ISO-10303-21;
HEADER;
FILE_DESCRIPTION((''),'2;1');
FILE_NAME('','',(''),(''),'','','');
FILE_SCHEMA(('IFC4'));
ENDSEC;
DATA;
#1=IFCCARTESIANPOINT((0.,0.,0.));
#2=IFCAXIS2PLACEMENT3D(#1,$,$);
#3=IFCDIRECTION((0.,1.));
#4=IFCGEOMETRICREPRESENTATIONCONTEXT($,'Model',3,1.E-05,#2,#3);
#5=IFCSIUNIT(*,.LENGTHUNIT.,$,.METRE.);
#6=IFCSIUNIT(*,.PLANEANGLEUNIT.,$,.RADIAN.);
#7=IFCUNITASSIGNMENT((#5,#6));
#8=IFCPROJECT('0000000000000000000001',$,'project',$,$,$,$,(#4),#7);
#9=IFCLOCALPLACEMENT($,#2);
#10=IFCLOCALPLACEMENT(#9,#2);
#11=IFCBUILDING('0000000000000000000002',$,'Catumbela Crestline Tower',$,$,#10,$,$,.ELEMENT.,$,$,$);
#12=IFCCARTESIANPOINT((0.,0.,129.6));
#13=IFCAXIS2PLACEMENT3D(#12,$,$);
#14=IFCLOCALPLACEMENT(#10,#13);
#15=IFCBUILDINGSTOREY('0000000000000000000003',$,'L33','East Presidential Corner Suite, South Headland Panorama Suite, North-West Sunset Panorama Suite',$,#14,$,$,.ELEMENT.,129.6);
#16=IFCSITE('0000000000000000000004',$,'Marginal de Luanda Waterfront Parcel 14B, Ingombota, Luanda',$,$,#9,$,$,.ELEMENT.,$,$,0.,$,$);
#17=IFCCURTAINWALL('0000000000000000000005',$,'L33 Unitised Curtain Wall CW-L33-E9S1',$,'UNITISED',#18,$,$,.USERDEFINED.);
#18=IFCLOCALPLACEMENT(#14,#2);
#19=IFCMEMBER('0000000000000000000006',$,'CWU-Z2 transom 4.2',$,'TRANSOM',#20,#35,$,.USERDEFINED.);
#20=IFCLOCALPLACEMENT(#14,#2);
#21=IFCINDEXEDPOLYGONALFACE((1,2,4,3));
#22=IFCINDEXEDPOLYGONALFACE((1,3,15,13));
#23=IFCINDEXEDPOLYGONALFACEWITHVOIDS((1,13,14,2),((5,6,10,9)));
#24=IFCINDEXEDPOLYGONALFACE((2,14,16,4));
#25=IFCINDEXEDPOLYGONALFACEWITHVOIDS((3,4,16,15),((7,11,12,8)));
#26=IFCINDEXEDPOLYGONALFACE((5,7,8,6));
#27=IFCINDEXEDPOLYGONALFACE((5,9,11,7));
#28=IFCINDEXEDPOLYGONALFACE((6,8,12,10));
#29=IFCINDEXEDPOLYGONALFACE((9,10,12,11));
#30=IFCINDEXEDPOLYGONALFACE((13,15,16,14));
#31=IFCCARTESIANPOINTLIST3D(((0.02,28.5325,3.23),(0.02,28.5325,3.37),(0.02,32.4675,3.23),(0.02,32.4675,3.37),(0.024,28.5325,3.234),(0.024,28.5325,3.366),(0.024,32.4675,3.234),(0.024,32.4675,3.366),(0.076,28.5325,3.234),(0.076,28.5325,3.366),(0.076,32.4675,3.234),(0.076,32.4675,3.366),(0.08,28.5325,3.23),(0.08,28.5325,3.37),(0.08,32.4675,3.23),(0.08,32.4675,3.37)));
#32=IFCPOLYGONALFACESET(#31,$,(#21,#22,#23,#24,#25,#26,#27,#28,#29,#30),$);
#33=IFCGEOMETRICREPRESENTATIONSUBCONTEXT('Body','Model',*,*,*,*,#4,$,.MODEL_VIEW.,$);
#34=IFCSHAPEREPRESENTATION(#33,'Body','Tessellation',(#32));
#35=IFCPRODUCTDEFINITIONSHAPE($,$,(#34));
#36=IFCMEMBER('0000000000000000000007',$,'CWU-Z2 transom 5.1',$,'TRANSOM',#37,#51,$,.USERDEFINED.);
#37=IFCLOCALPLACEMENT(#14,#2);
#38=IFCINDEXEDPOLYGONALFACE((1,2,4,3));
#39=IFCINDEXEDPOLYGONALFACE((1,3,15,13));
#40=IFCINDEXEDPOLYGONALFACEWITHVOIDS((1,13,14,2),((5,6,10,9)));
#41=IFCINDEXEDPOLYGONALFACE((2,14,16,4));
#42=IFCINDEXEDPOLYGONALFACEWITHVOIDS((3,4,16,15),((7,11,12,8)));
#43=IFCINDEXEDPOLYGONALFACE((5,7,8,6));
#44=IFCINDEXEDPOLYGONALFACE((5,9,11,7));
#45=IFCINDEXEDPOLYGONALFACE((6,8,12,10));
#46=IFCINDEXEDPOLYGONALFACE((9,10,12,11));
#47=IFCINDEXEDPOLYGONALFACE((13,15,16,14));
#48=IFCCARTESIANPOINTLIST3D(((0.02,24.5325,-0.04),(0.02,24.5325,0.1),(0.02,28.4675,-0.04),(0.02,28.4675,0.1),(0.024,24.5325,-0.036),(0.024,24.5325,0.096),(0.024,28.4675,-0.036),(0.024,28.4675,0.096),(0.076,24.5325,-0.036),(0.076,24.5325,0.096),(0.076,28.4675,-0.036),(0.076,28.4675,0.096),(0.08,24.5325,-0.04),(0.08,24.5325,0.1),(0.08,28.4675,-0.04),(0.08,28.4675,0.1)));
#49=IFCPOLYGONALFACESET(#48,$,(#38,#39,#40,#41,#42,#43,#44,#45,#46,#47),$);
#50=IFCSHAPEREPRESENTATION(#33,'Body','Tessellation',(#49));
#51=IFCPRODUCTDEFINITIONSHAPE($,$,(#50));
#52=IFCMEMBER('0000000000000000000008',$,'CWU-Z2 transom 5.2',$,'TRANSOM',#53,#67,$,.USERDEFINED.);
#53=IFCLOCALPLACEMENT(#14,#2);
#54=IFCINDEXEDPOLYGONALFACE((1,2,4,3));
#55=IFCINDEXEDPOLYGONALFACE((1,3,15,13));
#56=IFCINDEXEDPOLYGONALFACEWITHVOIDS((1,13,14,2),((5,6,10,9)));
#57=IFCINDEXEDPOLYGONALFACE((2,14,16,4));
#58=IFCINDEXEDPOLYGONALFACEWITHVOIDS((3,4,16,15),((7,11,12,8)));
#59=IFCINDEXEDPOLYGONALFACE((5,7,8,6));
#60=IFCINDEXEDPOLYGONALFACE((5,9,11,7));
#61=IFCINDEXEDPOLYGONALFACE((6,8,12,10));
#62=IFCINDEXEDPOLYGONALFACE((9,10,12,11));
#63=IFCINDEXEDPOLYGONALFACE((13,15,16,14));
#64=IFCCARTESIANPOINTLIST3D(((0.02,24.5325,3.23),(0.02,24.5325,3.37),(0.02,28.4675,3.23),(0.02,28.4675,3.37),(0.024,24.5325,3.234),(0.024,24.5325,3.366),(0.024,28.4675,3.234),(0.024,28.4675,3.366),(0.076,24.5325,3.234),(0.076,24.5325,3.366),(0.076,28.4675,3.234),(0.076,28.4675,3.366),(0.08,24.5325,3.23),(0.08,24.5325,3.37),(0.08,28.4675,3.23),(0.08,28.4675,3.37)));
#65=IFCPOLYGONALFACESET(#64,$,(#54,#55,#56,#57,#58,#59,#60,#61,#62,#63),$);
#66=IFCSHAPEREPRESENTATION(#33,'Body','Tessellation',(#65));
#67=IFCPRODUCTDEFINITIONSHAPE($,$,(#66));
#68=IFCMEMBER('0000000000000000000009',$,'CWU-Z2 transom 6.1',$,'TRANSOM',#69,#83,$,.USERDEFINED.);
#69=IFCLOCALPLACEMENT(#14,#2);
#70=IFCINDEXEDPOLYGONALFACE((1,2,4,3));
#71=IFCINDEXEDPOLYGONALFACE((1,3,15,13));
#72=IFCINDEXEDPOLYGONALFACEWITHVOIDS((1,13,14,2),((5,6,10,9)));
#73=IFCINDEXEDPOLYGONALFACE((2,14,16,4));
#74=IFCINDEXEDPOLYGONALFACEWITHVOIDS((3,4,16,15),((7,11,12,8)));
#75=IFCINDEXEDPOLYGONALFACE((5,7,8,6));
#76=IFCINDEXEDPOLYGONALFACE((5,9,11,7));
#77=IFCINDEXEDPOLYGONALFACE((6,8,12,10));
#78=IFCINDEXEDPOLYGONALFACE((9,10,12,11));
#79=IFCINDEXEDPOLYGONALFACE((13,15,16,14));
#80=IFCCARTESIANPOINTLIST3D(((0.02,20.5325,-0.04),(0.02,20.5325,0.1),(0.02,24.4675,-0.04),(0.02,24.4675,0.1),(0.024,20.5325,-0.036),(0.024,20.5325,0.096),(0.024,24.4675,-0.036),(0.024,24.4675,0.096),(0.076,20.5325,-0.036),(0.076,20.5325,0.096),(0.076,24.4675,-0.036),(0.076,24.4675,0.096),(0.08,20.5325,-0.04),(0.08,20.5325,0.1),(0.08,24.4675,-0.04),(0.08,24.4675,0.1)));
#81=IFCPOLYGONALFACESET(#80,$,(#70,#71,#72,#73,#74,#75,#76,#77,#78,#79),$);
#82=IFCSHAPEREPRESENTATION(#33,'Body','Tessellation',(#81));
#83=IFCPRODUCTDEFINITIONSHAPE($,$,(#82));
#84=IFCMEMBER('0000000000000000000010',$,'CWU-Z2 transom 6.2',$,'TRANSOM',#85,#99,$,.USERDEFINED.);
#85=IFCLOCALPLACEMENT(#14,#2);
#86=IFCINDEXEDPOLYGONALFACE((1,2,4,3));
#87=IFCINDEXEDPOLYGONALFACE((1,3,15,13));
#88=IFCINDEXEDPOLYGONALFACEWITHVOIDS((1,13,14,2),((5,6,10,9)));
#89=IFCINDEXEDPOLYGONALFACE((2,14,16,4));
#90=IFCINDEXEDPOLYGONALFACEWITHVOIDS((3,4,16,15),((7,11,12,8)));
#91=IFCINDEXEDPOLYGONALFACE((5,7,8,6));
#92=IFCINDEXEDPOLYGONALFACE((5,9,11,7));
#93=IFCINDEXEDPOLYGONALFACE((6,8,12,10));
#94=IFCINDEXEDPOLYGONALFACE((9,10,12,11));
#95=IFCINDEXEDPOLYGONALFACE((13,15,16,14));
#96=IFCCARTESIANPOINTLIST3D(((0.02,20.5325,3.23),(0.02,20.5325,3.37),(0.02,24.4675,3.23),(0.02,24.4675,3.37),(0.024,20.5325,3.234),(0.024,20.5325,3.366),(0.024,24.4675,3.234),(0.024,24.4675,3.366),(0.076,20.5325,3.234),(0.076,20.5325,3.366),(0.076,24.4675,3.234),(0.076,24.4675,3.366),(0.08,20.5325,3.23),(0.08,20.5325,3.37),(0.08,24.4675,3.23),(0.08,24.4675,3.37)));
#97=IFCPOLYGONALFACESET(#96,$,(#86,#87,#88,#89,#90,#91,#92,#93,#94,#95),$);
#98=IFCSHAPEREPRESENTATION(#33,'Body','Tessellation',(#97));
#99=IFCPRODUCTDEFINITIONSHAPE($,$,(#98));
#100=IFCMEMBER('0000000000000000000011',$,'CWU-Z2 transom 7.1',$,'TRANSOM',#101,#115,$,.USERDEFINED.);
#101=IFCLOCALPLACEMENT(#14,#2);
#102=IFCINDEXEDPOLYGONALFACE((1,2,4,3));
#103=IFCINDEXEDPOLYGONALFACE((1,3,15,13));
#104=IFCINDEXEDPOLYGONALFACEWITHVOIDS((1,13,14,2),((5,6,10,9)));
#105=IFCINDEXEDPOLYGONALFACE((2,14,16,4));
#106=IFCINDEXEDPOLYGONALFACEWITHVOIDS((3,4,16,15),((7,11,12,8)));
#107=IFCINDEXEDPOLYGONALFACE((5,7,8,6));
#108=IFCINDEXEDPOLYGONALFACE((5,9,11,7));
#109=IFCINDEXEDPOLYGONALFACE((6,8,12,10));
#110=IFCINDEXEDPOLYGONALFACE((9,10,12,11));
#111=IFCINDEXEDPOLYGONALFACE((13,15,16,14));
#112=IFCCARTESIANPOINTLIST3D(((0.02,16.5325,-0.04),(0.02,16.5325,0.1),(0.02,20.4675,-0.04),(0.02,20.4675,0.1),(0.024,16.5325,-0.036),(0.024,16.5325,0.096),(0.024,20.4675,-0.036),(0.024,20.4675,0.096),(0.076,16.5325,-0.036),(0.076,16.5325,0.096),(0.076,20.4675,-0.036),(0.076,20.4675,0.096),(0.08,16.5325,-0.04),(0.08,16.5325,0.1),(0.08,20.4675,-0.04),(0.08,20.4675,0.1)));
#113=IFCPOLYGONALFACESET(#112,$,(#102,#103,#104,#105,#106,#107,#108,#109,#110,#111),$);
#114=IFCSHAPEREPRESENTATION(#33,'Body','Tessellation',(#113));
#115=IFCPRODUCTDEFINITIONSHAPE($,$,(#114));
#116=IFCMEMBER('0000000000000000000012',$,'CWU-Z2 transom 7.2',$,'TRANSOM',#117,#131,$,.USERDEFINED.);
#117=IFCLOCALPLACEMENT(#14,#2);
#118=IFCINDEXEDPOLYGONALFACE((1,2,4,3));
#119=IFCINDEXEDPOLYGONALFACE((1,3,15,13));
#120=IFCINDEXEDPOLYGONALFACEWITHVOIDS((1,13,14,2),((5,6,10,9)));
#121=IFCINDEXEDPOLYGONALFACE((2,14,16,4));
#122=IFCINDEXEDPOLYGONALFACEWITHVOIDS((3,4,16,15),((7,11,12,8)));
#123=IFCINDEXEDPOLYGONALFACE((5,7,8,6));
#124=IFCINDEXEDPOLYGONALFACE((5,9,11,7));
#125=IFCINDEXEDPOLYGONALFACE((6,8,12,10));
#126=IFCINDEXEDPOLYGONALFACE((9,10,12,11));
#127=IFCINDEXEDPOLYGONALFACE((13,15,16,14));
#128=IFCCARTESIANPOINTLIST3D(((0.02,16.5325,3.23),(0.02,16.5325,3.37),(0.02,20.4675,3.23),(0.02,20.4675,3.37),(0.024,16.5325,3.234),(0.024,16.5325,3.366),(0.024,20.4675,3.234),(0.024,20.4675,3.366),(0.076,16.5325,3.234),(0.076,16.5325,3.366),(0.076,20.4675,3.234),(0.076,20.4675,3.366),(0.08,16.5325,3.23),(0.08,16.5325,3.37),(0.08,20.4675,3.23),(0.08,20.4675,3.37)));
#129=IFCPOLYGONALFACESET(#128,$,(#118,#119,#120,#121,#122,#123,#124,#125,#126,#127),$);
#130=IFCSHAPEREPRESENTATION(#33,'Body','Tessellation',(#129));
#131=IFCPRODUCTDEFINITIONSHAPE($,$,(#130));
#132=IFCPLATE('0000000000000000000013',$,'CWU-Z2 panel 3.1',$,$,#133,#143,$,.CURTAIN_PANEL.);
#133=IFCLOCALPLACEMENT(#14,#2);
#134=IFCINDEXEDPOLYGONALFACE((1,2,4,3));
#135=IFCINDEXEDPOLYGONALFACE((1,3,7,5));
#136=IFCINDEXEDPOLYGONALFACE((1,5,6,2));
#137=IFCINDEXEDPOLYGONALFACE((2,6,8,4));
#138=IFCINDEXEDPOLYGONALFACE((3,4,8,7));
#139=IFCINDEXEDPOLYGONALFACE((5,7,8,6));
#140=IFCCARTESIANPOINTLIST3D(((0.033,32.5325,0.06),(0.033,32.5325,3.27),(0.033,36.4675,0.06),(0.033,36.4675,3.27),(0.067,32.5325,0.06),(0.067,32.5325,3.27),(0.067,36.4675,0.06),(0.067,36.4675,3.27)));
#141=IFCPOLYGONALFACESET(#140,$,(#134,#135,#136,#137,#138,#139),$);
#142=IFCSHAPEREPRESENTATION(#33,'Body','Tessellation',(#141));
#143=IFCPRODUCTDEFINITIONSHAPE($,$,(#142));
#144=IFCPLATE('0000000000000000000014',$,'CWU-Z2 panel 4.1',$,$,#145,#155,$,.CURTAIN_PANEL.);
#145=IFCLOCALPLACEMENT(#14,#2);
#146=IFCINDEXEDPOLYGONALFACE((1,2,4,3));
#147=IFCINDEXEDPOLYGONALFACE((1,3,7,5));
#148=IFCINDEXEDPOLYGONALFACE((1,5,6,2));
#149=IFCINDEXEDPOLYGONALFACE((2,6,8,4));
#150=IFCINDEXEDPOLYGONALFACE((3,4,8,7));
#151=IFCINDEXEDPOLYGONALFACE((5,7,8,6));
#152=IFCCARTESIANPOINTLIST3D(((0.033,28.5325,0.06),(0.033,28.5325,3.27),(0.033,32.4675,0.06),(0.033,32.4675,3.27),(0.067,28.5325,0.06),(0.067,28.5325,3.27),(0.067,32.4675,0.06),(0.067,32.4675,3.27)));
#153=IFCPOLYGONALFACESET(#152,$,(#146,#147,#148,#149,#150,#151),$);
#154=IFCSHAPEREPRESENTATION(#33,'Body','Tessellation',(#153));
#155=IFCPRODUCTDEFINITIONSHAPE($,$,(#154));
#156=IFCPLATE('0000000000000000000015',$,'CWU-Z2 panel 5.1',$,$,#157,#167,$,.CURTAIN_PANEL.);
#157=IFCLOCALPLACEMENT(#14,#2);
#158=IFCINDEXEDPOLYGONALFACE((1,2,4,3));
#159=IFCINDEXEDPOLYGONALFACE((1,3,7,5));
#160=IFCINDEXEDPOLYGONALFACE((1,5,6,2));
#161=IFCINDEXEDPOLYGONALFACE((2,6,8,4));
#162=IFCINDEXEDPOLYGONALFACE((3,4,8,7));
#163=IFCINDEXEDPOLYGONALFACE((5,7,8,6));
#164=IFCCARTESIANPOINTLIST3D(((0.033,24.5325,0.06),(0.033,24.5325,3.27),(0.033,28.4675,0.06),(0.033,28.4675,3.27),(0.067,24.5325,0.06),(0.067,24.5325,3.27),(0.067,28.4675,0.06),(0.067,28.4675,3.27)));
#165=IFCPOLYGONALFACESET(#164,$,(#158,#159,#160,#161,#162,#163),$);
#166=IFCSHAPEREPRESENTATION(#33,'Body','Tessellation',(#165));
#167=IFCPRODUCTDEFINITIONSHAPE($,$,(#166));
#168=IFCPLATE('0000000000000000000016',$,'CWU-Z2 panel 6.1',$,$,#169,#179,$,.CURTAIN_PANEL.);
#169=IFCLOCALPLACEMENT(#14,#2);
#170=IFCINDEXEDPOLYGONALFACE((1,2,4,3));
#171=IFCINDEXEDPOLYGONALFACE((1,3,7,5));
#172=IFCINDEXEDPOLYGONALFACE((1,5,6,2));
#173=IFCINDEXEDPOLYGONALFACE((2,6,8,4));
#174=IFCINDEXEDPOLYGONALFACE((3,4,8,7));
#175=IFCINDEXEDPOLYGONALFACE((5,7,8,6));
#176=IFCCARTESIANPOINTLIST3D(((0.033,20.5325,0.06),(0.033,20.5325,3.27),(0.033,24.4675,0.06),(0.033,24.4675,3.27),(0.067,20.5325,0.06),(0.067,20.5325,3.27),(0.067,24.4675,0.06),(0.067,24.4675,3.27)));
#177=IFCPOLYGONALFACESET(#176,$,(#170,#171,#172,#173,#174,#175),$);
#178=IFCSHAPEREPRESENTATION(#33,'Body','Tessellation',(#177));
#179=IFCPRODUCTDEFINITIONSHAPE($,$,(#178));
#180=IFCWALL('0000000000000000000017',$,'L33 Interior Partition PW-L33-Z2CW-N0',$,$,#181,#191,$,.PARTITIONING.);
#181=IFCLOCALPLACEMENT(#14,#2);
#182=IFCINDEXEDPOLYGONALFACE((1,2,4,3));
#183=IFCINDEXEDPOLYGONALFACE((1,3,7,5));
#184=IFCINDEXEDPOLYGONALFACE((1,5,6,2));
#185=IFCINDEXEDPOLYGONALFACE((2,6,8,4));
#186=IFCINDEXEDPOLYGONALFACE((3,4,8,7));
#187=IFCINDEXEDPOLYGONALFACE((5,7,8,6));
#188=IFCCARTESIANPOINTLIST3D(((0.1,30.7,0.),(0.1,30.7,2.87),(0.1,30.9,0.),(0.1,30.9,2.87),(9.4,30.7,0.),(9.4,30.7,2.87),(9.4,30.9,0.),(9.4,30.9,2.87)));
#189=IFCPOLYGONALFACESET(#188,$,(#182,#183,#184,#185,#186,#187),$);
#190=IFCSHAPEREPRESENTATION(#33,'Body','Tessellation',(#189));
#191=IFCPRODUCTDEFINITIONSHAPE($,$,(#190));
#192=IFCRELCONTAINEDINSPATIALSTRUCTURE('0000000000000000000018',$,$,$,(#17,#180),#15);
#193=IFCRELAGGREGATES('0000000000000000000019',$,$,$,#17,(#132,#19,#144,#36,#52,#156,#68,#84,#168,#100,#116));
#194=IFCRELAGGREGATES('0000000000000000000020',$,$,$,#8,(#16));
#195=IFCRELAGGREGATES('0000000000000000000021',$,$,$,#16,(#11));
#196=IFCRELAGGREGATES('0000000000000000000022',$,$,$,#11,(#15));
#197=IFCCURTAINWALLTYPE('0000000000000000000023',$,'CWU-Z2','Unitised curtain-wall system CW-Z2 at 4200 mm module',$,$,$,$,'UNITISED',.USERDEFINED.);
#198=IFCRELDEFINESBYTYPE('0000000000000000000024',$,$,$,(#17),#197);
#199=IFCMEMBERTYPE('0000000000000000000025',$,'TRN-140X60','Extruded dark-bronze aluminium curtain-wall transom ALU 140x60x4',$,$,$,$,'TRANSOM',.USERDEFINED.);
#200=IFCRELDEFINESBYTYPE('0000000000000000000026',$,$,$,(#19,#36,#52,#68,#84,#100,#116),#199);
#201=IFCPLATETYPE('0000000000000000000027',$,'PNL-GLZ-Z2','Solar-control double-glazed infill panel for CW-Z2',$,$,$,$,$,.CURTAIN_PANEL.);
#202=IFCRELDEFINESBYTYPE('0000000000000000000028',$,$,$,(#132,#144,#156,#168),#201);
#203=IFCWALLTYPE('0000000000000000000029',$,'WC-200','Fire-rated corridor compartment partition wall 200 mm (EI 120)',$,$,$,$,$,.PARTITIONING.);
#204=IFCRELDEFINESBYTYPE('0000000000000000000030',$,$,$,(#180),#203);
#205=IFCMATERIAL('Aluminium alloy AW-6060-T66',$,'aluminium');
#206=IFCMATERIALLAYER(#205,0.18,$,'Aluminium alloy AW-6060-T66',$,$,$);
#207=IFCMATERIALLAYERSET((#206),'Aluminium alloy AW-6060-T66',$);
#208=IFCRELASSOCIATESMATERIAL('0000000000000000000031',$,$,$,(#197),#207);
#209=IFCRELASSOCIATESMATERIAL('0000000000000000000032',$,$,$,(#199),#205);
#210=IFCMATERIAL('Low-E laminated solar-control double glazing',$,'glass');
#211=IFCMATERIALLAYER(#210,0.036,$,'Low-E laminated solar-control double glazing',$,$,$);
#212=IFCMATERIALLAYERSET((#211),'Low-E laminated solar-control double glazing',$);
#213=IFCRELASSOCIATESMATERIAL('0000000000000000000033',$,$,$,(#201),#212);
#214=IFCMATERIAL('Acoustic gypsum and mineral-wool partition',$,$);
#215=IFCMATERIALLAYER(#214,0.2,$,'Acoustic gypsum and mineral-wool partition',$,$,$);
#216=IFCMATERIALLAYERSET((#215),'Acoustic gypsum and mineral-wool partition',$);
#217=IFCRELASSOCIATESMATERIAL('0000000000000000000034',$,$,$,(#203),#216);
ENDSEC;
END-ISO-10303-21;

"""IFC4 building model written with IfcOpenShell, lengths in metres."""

from ifc_helpers import new_model, si_unit, direction, frame, frame_2d, origin, origin_2d, place, context, subcontext, project, spatial, rectangle, hollow_rectangle, extrude, material, layer, layer_set, material_profile, profile_set, type_object, element, aggregate, save


model = new_model("IFC4")

# Units and contexts
model_context = context("Model", 3, precision=1e-05, world=origin(), true_north=direction((0.0, 1.0)))
body_context = subcontext(model_context, "Body", "Model", "MODEL_VIEW")
ifc_project = project(units=[si_unit("LENGTHUNIT", "METRE"), si_unit("PLANEANGLEUNIT", "RADIAN")], contexts=[model_context])

# Site, building, storey
site_placement = place(None, origin())
site = spatial("IfcSite", under=ifc_project, at=site_placement, Name="Marginal de Luanda Waterfront Parcel 14B, Ingombota, Luanda", CompositionType="ELEMENT", RefElevation=0.0)
building_placement = place(site_placement, origin())
building = spatial("IfcBuilding", under=site, at=building_placement, Name="Catumbela Crestline Tower", CompositionType="ELEMENT")
storey_placement = place(building_placement, frame((0.0, 0.0, 129.6)))
storey = spatial("IfcBuildingStorey", under=building, at=storey_placement, Name="L33", Description="East Presidential Corner Suite, South Headland Panorama Suite, North-West Sunset Panorama Suite", CompositionType="ELEMENT", Elevation=129.6)

# Curtain wall
ifc_material_1 = material(Name="Aluminium alloy AW-6060-T66", Category="aluminium")
ifc_layer_1 = layer(ifc_material_1, 0.18, Name="Aluminium alloy AW-6060-T66")
ifc_layer_set_1 = layer_set([ifc_layer_1], Name="Aluminium alloy AW-6060-T66")
curtain_wall_type = type_object("IfcCurtainWallType", Name="CWU-Z2", Description="Unitised curtain-wall system CW-Z2 at 4200 mm module", ElementType="UNITISED", PredefinedType="USERDEFINED", material=ifc_layer_set_1)
curtain_wall_placement = place(storey_placement, origin())
curtain_wall = element("IfcCurtainWall", 1, at=curtain_wall_placement, inside=storey, type_object=curtain_wall_type, Name="L33 Unitised Curtain Wall CW-L33-E9S1", ObjectType="UNITISED", PredefinedType="USERDEFINED")

# Members
ifc_material_profile_1 = material_profile(ifc_material_1, hollow_rectangle(XDim=0.06, YDim=0.14, WallThickness=0.004, at=origin_2d()), Name="ALU 140x60x4")
ifc_profile_set_1 = profile_set([ifc_material_profile_1], Name="Aluminium alloy AW-6060-T66")
member_type_1 = type_object("IfcMemberType", Name="TRN-140X60", Description="Extruded dark-bronze aluminium curtain-wall transom ALU 140x60x4", ElementType="TRANSOM", PredefinedType="USERDEFINED", material=ifc_profile_set_1)
member_1_placement = place(storey_placement, frame((0.05, 32.4675, 3.3), z_axis=(0.0, -1.0, 0.0), x_axis=(1.0, 0.0, 0.0)))
member_1 = element("IfcMember", 2, at=member_1_placement, type_object=member_type_1, Name="CWU-Z2 transom 4.2", ObjectType="TRANSOM", PredefinedType="USERDEFINED", context=body_context, shape_type="SweptSolid", body=[
    extrude(hollow_rectangle(XDim=0.06, YDim=0.14, WallThickness=0.004, at=origin_2d()), origin(), (0.0, 0.0, 1.0), 3.935),
])
member_2_placement = place(storey_placement, frame((0.05, 28.4675, 0.03), z_axis=(0.0, -1.0, 0.0), x_axis=(1.0, 0.0, 0.0)))
member_2 = element("IfcMember", 3, at=member_2_placement, type_object=member_type_1, Name="CWU-Z2 transom 5.1", ObjectType="TRANSOM", PredefinedType="USERDEFINED", context=body_context, shape_type="SweptSolid", body=[
    extrude(hollow_rectangle(XDim=0.06, YDim=0.14, WallThickness=0.004, at=origin_2d()), origin(), (0.0, 0.0, 1.0), 3.935),
])
member_3_placement = place(storey_placement, frame((0.05, 28.4675, 3.3), z_axis=(0.0, -1.0, 0.0), x_axis=(1.0, 0.0, 0.0)))
member_3 = element("IfcMember", 4, at=member_3_placement, type_object=member_type_1, Name="CWU-Z2 transom 5.2", ObjectType="TRANSOM", PredefinedType="USERDEFINED", context=body_context, shape_type="SweptSolid", body=[
    extrude(hollow_rectangle(XDim=0.06, YDim=0.14, WallThickness=0.004, at=origin_2d()), origin(), (0.0, 0.0, 1.0), 3.935),
])
member_4_placement = place(storey_placement, frame((0.05, 24.4675, 0.03), z_axis=(0.0, -1.0, 0.0), x_axis=(1.0, 0.0, 0.0)))
member_4 = element("IfcMember", 5, at=member_4_placement, type_object=member_type_1, Name="CWU-Z2 transom 6.1", ObjectType="TRANSOM", PredefinedType="USERDEFINED", context=body_context, shape_type="SweptSolid", body=[
    extrude(hollow_rectangle(XDim=0.06, YDim=0.14, WallThickness=0.004, at=origin_2d()), origin(), (0.0, 0.0, 1.0), 3.935),
])
member_5_placement = place(storey_placement, frame((0.05, 24.4675, 3.3), z_axis=(0.0, -1.0, 0.0), x_axis=(1.0, 0.0, 0.0)))
member_5 = element("IfcMember", 6, at=member_5_placement, type_object=member_type_1, Name="CWU-Z2 transom 6.2", ObjectType="TRANSOM", PredefinedType="USERDEFINED", context=body_context, shape_type="SweptSolid", body=[
    extrude(hollow_rectangle(XDim=0.06, YDim=0.14, WallThickness=0.004, at=origin_2d()), origin(), (0.0, 0.0, 1.0), 3.935),
])
member_6_placement = place(storey_placement, frame((0.05, 20.4675, 0.03), z_axis=(0.0, -1.0, 0.0), x_axis=(1.0, 0.0, 0.0)))
member_6 = element("IfcMember", 7, at=member_6_placement, type_object=member_type_1, Name="CWU-Z2 transom 7.1", ObjectType="TRANSOM", PredefinedType="USERDEFINED", context=body_context, shape_type="SweptSolid", body=[
    extrude(hollow_rectangle(XDim=0.06, YDim=0.14, WallThickness=0.004, at=origin_2d()), origin(), (0.0, 0.0, 1.0), 3.935),
])
member_7_placement = place(storey_placement, frame((0.05, 20.4675, 3.3), z_axis=(0.0, -1.0, 0.0), x_axis=(1.0, 0.0, 0.0)))
member_7 = element("IfcMember", 8, at=member_7_placement, type_object=member_type_1, Name="CWU-Z2 transom 7.2", ObjectType="TRANSOM", PredefinedType="USERDEFINED", context=body_context, shape_type="SweptSolid", body=[
    extrude(hollow_rectangle(XDim=0.06, YDim=0.14, WallThickness=0.004, at=origin_2d()), origin(), (0.0, 0.0, 1.0), 3.935),
])

# Plates
ifc_material_2 = material(Name="Low-E laminated solar-control double glazing", Category="glass")
ifc_layer_2 = layer(ifc_material_2, 0.036, Name="Low-E laminated solar-control double glazing")
ifc_layer_set_2 = layer_set([ifc_layer_2], Name="Low-E laminated solar-control double glazing")
plate_type = type_object("IfcPlateType", Name="PNL-GLZ-Z2", Description="Solar-control double-glazed infill panel for CW-Z2", PredefinedType="CURTAIN_PANEL", material=ifc_layer_set_2)
plate_1_placement = place(storey_placement, frame((0.05, 34.5, 0.06), z_axis=(0.0, 0.0, 1.0), x_axis=(0.0, -1.0, 0.0)))
plate_1 = element("IfcPlate", 9, at=plate_1_placement, type_object=plate_type, Name="CWU-Z2 panel 3.1", PredefinedType="CURTAIN_PANEL", context=body_context, shape_type="SweptSolid", body=[
    extrude(rectangle(XDim=3.935, YDim=0.034, at=origin_2d()), origin(), (0.0, 0.0, 1.0), 3.21),
])
plate_2_placement = place(storey_placement, frame((0.05, 30.5, 0.06), z_axis=(0.0, 0.0, 1.0), x_axis=(0.0, -1.0, 0.0)))
plate_2 = element("IfcPlate", 10, at=plate_2_placement, type_object=plate_type, Name="CWU-Z2 panel 4.1", PredefinedType="CURTAIN_PANEL", context=body_context, shape_type="SweptSolid", body=[
    extrude(rectangle(XDim=3.935, YDim=0.034, at=origin_2d()), origin(), (0.0, 0.0, 1.0), 3.21),
])
plate_3_placement = place(storey_placement, frame((0.05, 26.5, 0.06), z_axis=(0.0, 0.0, 1.0), x_axis=(0.0, -1.0, 0.0)))
plate_3 = element("IfcPlate", 11, at=plate_3_placement, type_object=plate_type, Name="CWU-Z2 panel 5.1", PredefinedType="CURTAIN_PANEL", context=body_context, shape_type="SweptSolid", body=[
    extrude(rectangle(XDim=3.935, YDim=0.034, at=origin_2d()), origin(), (0.0, 0.0, 1.0), 3.21),
])
plate_4_placement = place(storey_placement, frame((0.05, 22.5, 0.06), z_axis=(0.0, 0.0, 1.0), x_axis=(0.0, -1.0, 0.0)))
plate_4 = element("IfcPlate", 12, at=plate_4_placement, type_object=plate_type, Name="CWU-Z2 panel 6.1", PredefinedType="CURTAIN_PANEL", context=body_context, shape_type="SweptSolid", body=[
    extrude(rectangle(XDim=3.935, YDim=0.034, at=origin_2d()), origin(), (0.0, 0.0, 1.0), 3.21),
])
aggregate(curtain_wall, [plate_1, member_1, plate_2, member_2, member_3, plate_3, member_4, member_5, plate_4, member_6, member_7])

# Wall
ifc_material_3 = material(Name="Acoustic gypsum and mineral-wool partition")
ifc_layer_3 = layer(ifc_material_3, 0.2, Name="Acoustic gypsum and mineral-wool partition")
ifc_layer_set_3 = layer_set([ifc_layer_3], Name="Acoustic gypsum and mineral-wool partition")
wall_type_1 = type_object("IfcWallType", Name="WC-200", Description="Fire-rated corridor compartment partition wall 200 mm (EI 120)", PredefinedType="PARTITIONING", material=ifc_layer_set_3)
wall_1_placement = place(storey_placement, frame((0.1, 30.8, 0.0), z_axis=(0.0, 0.0, 1.0), x_axis=(1.0, 0.0, 0.0)))
element("IfcWall", 13, at=wall_1_placement, inside=storey, type_object=wall_type_1, Name="L33 Interior Partition PW-L33-Z2CW-N0", PredefinedType="PARTITIONING", context=body_context, shape_type="SweptSolid", body=[
    extrude(rectangle(XDim=9.3, YDim=0.2, at=frame_2d((4.65, 0.0))), origin(), (0.0, 0.0, 1.0), 2.87),
])

save(model, "model.ifc")
